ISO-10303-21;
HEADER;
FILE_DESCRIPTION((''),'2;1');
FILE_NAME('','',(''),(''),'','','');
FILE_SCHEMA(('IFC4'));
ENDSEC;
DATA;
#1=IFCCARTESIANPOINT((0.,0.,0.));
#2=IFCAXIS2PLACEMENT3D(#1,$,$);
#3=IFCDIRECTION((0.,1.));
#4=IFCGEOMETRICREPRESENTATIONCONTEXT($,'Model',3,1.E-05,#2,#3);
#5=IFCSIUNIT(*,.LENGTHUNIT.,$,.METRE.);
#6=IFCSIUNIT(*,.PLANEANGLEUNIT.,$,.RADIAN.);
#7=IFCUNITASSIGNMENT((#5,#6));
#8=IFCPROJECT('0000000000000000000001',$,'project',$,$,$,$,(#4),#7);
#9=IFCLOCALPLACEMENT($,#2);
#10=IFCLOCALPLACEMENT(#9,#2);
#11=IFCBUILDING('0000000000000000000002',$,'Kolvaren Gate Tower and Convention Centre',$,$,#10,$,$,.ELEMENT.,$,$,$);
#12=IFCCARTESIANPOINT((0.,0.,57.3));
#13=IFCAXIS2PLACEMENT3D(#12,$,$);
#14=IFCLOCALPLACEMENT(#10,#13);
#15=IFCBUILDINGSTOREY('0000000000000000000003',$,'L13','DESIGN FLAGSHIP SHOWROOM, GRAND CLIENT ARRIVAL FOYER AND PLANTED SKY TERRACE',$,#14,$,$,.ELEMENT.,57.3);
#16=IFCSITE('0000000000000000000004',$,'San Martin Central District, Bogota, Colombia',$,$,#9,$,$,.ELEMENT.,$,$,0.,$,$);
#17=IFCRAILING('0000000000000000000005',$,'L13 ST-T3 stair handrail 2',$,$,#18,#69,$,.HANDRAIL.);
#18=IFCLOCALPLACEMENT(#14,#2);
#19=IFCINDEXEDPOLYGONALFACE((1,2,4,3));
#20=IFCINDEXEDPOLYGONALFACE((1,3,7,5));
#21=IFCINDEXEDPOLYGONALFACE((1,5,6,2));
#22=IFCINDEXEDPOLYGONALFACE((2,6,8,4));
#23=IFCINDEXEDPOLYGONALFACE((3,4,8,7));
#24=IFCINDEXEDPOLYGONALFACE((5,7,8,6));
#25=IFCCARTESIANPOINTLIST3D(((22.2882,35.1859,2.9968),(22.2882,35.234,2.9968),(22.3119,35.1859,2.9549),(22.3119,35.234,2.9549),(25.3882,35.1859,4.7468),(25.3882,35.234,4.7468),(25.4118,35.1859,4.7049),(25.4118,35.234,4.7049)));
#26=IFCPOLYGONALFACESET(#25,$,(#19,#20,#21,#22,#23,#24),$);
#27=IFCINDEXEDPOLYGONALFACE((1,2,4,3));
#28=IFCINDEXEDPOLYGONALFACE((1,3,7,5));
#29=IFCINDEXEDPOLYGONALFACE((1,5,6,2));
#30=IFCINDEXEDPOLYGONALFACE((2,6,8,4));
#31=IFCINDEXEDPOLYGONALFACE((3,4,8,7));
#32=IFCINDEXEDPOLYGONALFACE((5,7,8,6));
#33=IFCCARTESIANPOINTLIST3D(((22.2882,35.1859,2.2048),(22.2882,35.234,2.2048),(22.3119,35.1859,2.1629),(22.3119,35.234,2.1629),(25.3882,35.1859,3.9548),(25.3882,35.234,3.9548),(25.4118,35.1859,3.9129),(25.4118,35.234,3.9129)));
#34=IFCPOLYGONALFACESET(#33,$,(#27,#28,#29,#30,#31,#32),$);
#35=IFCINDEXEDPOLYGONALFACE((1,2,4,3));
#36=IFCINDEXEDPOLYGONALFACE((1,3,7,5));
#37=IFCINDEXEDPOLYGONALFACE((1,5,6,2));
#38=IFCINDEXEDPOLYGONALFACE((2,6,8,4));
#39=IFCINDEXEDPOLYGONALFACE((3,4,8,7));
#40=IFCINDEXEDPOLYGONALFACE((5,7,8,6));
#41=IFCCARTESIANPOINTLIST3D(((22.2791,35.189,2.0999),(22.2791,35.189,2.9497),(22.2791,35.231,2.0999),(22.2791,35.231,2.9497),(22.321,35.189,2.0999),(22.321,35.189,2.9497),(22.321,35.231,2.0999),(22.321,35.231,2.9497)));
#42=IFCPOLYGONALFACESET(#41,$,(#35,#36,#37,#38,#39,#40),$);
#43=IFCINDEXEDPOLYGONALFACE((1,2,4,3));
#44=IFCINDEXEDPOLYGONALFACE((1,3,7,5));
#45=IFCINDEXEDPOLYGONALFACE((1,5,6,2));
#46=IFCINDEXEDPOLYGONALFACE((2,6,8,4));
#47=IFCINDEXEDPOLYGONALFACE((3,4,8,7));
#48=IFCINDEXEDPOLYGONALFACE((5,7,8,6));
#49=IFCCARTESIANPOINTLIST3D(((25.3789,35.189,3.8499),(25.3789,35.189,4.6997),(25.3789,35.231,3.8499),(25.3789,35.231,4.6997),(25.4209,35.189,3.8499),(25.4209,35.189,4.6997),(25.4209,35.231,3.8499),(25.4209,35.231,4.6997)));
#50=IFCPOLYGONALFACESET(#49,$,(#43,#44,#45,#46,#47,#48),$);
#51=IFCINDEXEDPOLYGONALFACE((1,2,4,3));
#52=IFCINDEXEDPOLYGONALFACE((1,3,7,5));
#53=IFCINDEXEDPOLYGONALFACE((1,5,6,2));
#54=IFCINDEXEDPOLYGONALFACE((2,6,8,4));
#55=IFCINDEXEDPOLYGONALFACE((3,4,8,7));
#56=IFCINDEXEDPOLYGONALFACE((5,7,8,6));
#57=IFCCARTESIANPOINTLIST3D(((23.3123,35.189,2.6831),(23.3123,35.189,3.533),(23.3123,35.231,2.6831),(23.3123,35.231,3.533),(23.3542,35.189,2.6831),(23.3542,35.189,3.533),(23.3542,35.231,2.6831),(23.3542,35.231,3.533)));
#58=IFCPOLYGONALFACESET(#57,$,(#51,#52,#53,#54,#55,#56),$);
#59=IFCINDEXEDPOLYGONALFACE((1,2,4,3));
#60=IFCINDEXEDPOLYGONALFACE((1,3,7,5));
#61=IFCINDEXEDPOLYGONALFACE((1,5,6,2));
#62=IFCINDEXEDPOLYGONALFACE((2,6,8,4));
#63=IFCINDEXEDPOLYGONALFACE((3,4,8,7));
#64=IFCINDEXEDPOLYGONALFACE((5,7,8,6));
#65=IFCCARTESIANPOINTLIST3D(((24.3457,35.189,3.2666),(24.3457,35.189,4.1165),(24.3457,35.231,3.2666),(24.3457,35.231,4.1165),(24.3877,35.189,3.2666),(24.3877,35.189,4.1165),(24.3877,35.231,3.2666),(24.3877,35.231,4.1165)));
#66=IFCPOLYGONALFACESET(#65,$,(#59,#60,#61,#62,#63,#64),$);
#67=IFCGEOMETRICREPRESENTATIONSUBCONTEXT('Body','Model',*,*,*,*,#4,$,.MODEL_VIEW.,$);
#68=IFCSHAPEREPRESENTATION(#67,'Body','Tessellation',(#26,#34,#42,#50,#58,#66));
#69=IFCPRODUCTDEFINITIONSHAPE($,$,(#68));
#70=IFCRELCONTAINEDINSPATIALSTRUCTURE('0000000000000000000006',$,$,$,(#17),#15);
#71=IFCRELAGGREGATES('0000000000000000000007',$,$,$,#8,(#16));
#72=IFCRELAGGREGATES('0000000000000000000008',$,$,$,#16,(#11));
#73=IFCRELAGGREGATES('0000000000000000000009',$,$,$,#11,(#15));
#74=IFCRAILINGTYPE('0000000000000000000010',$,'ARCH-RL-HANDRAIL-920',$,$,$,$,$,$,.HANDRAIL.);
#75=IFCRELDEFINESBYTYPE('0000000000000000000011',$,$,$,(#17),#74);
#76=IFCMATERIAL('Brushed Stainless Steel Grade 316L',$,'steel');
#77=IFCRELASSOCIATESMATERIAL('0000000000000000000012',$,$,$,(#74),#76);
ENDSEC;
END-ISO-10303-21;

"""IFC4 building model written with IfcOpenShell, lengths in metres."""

from ifc_helpers import new_model, si_unit, direction, frame, origin, origin_2d, place, context, subcontext, project, spatial, rectangle, extrude, material, type_object, element, save


model = new_model("IFC4")

# Units and contexts
model_context = context("Model", 3, precision=1e-05, world=origin(), true_north=direction((0.0, 1.0)))
body_context = subcontext(model_context, "Body", "Model", "MODEL_VIEW")
ifc_project = project(units=[si_unit("LENGTHUNIT", "METRE"), si_unit("PLANEANGLEUNIT", "RADIAN")], contexts=[model_context])

# Site, building, storey
site_placement = place(None, origin())
site = spatial("IfcSite", under=ifc_project, at=site_placement, Name="San Martin Central District, Bogota, Colombia", CompositionType="ELEMENT", RefElevation=0.0)
building_placement = place(site_placement, origin())
building = spatial("IfcBuilding", under=site, at=building_placement, Name="Kolvaren Gate Tower and Convention Centre", CompositionType="ELEMENT")
storey_placement = place(building_placement, frame((0.0, 0.0, 57.3)))
storey = spatial("IfcBuildingStorey", under=building, at=storey_placement, Name="L13", Description="DESIGN FLAGSHIP SHOWROOM, GRAND CLIENT ARRIVAL FOYER AND PLANTED SKY TERRACE", CompositionType="ELEMENT", Elevation=57.3)

# Railing
ifc_material_1 = material(Name="Brushed Stainless Steel Grade 316L", Category="steel")
railing_type_1 = type_object("IfcRailingType", Name="ARCH-RL-HANDRAIL-920", PredefinedType="HANDRAIL", material=ifc_material_1)
railing_1_placement = place(storey_placement, frame((22.3, 35.21, 2.0999)))
element("IfcRailing", 1, at=railing_1_placement, inside=storey, type_object=railing_type_1, Name="L13 ST-T3 stair handrail 2", PredefinedType="HANDRAIL", context=body_context, shape_type="SweptSolid", body=[
    extrude(rectangle(XDim=0.0481, YDim=0.0481, at=origin_2d()), frame((0.0, 0.0, 0.876), z_axis=(0.870814, 0.0, 0.491612), x_axis=(0.0, 1.0, 0.0)), (0.0, 0.0, 1.0), 3.5598),
    extrude(rectangle(XDim=0.0481, YDim=0.0481, at=origin_2d()), frame((0.0, 0.0, 0.084), z_axis=(0.870814, 0.0, 0.491612), x_axis=(0.0, 1.0, 0.0)), (0.0, 0.0, 1.0), 3.5598),
    extrude(rectangle(XDim=0.042, YDim=0.042, at=origin_2d()), origin(), (0.0, 0.0, 1.0), 0.8499),
    extrude(rectangle(XDim=0.042, YDim=0.042, at=origin_2d()), frame((3.0999, 0.0, 1.75)), (0.0, 0.0, 1.0), 0.8499),
    extrude(rectangle(XDim=0.042, YDim=0.042, at=origin_2d()), frame((1.0332, 0.0, 0.5833)), (0.0, 0.0, 1.0), 0.8499),
    extrude(rectangle(XDim=0.042, YDim=0.042, at=origin_2d()), frame((2.0667, 0.0, 1.1667)), (0.0, 0.0, 1.0), 0.8499),
])

save(model, "model.ifc")
